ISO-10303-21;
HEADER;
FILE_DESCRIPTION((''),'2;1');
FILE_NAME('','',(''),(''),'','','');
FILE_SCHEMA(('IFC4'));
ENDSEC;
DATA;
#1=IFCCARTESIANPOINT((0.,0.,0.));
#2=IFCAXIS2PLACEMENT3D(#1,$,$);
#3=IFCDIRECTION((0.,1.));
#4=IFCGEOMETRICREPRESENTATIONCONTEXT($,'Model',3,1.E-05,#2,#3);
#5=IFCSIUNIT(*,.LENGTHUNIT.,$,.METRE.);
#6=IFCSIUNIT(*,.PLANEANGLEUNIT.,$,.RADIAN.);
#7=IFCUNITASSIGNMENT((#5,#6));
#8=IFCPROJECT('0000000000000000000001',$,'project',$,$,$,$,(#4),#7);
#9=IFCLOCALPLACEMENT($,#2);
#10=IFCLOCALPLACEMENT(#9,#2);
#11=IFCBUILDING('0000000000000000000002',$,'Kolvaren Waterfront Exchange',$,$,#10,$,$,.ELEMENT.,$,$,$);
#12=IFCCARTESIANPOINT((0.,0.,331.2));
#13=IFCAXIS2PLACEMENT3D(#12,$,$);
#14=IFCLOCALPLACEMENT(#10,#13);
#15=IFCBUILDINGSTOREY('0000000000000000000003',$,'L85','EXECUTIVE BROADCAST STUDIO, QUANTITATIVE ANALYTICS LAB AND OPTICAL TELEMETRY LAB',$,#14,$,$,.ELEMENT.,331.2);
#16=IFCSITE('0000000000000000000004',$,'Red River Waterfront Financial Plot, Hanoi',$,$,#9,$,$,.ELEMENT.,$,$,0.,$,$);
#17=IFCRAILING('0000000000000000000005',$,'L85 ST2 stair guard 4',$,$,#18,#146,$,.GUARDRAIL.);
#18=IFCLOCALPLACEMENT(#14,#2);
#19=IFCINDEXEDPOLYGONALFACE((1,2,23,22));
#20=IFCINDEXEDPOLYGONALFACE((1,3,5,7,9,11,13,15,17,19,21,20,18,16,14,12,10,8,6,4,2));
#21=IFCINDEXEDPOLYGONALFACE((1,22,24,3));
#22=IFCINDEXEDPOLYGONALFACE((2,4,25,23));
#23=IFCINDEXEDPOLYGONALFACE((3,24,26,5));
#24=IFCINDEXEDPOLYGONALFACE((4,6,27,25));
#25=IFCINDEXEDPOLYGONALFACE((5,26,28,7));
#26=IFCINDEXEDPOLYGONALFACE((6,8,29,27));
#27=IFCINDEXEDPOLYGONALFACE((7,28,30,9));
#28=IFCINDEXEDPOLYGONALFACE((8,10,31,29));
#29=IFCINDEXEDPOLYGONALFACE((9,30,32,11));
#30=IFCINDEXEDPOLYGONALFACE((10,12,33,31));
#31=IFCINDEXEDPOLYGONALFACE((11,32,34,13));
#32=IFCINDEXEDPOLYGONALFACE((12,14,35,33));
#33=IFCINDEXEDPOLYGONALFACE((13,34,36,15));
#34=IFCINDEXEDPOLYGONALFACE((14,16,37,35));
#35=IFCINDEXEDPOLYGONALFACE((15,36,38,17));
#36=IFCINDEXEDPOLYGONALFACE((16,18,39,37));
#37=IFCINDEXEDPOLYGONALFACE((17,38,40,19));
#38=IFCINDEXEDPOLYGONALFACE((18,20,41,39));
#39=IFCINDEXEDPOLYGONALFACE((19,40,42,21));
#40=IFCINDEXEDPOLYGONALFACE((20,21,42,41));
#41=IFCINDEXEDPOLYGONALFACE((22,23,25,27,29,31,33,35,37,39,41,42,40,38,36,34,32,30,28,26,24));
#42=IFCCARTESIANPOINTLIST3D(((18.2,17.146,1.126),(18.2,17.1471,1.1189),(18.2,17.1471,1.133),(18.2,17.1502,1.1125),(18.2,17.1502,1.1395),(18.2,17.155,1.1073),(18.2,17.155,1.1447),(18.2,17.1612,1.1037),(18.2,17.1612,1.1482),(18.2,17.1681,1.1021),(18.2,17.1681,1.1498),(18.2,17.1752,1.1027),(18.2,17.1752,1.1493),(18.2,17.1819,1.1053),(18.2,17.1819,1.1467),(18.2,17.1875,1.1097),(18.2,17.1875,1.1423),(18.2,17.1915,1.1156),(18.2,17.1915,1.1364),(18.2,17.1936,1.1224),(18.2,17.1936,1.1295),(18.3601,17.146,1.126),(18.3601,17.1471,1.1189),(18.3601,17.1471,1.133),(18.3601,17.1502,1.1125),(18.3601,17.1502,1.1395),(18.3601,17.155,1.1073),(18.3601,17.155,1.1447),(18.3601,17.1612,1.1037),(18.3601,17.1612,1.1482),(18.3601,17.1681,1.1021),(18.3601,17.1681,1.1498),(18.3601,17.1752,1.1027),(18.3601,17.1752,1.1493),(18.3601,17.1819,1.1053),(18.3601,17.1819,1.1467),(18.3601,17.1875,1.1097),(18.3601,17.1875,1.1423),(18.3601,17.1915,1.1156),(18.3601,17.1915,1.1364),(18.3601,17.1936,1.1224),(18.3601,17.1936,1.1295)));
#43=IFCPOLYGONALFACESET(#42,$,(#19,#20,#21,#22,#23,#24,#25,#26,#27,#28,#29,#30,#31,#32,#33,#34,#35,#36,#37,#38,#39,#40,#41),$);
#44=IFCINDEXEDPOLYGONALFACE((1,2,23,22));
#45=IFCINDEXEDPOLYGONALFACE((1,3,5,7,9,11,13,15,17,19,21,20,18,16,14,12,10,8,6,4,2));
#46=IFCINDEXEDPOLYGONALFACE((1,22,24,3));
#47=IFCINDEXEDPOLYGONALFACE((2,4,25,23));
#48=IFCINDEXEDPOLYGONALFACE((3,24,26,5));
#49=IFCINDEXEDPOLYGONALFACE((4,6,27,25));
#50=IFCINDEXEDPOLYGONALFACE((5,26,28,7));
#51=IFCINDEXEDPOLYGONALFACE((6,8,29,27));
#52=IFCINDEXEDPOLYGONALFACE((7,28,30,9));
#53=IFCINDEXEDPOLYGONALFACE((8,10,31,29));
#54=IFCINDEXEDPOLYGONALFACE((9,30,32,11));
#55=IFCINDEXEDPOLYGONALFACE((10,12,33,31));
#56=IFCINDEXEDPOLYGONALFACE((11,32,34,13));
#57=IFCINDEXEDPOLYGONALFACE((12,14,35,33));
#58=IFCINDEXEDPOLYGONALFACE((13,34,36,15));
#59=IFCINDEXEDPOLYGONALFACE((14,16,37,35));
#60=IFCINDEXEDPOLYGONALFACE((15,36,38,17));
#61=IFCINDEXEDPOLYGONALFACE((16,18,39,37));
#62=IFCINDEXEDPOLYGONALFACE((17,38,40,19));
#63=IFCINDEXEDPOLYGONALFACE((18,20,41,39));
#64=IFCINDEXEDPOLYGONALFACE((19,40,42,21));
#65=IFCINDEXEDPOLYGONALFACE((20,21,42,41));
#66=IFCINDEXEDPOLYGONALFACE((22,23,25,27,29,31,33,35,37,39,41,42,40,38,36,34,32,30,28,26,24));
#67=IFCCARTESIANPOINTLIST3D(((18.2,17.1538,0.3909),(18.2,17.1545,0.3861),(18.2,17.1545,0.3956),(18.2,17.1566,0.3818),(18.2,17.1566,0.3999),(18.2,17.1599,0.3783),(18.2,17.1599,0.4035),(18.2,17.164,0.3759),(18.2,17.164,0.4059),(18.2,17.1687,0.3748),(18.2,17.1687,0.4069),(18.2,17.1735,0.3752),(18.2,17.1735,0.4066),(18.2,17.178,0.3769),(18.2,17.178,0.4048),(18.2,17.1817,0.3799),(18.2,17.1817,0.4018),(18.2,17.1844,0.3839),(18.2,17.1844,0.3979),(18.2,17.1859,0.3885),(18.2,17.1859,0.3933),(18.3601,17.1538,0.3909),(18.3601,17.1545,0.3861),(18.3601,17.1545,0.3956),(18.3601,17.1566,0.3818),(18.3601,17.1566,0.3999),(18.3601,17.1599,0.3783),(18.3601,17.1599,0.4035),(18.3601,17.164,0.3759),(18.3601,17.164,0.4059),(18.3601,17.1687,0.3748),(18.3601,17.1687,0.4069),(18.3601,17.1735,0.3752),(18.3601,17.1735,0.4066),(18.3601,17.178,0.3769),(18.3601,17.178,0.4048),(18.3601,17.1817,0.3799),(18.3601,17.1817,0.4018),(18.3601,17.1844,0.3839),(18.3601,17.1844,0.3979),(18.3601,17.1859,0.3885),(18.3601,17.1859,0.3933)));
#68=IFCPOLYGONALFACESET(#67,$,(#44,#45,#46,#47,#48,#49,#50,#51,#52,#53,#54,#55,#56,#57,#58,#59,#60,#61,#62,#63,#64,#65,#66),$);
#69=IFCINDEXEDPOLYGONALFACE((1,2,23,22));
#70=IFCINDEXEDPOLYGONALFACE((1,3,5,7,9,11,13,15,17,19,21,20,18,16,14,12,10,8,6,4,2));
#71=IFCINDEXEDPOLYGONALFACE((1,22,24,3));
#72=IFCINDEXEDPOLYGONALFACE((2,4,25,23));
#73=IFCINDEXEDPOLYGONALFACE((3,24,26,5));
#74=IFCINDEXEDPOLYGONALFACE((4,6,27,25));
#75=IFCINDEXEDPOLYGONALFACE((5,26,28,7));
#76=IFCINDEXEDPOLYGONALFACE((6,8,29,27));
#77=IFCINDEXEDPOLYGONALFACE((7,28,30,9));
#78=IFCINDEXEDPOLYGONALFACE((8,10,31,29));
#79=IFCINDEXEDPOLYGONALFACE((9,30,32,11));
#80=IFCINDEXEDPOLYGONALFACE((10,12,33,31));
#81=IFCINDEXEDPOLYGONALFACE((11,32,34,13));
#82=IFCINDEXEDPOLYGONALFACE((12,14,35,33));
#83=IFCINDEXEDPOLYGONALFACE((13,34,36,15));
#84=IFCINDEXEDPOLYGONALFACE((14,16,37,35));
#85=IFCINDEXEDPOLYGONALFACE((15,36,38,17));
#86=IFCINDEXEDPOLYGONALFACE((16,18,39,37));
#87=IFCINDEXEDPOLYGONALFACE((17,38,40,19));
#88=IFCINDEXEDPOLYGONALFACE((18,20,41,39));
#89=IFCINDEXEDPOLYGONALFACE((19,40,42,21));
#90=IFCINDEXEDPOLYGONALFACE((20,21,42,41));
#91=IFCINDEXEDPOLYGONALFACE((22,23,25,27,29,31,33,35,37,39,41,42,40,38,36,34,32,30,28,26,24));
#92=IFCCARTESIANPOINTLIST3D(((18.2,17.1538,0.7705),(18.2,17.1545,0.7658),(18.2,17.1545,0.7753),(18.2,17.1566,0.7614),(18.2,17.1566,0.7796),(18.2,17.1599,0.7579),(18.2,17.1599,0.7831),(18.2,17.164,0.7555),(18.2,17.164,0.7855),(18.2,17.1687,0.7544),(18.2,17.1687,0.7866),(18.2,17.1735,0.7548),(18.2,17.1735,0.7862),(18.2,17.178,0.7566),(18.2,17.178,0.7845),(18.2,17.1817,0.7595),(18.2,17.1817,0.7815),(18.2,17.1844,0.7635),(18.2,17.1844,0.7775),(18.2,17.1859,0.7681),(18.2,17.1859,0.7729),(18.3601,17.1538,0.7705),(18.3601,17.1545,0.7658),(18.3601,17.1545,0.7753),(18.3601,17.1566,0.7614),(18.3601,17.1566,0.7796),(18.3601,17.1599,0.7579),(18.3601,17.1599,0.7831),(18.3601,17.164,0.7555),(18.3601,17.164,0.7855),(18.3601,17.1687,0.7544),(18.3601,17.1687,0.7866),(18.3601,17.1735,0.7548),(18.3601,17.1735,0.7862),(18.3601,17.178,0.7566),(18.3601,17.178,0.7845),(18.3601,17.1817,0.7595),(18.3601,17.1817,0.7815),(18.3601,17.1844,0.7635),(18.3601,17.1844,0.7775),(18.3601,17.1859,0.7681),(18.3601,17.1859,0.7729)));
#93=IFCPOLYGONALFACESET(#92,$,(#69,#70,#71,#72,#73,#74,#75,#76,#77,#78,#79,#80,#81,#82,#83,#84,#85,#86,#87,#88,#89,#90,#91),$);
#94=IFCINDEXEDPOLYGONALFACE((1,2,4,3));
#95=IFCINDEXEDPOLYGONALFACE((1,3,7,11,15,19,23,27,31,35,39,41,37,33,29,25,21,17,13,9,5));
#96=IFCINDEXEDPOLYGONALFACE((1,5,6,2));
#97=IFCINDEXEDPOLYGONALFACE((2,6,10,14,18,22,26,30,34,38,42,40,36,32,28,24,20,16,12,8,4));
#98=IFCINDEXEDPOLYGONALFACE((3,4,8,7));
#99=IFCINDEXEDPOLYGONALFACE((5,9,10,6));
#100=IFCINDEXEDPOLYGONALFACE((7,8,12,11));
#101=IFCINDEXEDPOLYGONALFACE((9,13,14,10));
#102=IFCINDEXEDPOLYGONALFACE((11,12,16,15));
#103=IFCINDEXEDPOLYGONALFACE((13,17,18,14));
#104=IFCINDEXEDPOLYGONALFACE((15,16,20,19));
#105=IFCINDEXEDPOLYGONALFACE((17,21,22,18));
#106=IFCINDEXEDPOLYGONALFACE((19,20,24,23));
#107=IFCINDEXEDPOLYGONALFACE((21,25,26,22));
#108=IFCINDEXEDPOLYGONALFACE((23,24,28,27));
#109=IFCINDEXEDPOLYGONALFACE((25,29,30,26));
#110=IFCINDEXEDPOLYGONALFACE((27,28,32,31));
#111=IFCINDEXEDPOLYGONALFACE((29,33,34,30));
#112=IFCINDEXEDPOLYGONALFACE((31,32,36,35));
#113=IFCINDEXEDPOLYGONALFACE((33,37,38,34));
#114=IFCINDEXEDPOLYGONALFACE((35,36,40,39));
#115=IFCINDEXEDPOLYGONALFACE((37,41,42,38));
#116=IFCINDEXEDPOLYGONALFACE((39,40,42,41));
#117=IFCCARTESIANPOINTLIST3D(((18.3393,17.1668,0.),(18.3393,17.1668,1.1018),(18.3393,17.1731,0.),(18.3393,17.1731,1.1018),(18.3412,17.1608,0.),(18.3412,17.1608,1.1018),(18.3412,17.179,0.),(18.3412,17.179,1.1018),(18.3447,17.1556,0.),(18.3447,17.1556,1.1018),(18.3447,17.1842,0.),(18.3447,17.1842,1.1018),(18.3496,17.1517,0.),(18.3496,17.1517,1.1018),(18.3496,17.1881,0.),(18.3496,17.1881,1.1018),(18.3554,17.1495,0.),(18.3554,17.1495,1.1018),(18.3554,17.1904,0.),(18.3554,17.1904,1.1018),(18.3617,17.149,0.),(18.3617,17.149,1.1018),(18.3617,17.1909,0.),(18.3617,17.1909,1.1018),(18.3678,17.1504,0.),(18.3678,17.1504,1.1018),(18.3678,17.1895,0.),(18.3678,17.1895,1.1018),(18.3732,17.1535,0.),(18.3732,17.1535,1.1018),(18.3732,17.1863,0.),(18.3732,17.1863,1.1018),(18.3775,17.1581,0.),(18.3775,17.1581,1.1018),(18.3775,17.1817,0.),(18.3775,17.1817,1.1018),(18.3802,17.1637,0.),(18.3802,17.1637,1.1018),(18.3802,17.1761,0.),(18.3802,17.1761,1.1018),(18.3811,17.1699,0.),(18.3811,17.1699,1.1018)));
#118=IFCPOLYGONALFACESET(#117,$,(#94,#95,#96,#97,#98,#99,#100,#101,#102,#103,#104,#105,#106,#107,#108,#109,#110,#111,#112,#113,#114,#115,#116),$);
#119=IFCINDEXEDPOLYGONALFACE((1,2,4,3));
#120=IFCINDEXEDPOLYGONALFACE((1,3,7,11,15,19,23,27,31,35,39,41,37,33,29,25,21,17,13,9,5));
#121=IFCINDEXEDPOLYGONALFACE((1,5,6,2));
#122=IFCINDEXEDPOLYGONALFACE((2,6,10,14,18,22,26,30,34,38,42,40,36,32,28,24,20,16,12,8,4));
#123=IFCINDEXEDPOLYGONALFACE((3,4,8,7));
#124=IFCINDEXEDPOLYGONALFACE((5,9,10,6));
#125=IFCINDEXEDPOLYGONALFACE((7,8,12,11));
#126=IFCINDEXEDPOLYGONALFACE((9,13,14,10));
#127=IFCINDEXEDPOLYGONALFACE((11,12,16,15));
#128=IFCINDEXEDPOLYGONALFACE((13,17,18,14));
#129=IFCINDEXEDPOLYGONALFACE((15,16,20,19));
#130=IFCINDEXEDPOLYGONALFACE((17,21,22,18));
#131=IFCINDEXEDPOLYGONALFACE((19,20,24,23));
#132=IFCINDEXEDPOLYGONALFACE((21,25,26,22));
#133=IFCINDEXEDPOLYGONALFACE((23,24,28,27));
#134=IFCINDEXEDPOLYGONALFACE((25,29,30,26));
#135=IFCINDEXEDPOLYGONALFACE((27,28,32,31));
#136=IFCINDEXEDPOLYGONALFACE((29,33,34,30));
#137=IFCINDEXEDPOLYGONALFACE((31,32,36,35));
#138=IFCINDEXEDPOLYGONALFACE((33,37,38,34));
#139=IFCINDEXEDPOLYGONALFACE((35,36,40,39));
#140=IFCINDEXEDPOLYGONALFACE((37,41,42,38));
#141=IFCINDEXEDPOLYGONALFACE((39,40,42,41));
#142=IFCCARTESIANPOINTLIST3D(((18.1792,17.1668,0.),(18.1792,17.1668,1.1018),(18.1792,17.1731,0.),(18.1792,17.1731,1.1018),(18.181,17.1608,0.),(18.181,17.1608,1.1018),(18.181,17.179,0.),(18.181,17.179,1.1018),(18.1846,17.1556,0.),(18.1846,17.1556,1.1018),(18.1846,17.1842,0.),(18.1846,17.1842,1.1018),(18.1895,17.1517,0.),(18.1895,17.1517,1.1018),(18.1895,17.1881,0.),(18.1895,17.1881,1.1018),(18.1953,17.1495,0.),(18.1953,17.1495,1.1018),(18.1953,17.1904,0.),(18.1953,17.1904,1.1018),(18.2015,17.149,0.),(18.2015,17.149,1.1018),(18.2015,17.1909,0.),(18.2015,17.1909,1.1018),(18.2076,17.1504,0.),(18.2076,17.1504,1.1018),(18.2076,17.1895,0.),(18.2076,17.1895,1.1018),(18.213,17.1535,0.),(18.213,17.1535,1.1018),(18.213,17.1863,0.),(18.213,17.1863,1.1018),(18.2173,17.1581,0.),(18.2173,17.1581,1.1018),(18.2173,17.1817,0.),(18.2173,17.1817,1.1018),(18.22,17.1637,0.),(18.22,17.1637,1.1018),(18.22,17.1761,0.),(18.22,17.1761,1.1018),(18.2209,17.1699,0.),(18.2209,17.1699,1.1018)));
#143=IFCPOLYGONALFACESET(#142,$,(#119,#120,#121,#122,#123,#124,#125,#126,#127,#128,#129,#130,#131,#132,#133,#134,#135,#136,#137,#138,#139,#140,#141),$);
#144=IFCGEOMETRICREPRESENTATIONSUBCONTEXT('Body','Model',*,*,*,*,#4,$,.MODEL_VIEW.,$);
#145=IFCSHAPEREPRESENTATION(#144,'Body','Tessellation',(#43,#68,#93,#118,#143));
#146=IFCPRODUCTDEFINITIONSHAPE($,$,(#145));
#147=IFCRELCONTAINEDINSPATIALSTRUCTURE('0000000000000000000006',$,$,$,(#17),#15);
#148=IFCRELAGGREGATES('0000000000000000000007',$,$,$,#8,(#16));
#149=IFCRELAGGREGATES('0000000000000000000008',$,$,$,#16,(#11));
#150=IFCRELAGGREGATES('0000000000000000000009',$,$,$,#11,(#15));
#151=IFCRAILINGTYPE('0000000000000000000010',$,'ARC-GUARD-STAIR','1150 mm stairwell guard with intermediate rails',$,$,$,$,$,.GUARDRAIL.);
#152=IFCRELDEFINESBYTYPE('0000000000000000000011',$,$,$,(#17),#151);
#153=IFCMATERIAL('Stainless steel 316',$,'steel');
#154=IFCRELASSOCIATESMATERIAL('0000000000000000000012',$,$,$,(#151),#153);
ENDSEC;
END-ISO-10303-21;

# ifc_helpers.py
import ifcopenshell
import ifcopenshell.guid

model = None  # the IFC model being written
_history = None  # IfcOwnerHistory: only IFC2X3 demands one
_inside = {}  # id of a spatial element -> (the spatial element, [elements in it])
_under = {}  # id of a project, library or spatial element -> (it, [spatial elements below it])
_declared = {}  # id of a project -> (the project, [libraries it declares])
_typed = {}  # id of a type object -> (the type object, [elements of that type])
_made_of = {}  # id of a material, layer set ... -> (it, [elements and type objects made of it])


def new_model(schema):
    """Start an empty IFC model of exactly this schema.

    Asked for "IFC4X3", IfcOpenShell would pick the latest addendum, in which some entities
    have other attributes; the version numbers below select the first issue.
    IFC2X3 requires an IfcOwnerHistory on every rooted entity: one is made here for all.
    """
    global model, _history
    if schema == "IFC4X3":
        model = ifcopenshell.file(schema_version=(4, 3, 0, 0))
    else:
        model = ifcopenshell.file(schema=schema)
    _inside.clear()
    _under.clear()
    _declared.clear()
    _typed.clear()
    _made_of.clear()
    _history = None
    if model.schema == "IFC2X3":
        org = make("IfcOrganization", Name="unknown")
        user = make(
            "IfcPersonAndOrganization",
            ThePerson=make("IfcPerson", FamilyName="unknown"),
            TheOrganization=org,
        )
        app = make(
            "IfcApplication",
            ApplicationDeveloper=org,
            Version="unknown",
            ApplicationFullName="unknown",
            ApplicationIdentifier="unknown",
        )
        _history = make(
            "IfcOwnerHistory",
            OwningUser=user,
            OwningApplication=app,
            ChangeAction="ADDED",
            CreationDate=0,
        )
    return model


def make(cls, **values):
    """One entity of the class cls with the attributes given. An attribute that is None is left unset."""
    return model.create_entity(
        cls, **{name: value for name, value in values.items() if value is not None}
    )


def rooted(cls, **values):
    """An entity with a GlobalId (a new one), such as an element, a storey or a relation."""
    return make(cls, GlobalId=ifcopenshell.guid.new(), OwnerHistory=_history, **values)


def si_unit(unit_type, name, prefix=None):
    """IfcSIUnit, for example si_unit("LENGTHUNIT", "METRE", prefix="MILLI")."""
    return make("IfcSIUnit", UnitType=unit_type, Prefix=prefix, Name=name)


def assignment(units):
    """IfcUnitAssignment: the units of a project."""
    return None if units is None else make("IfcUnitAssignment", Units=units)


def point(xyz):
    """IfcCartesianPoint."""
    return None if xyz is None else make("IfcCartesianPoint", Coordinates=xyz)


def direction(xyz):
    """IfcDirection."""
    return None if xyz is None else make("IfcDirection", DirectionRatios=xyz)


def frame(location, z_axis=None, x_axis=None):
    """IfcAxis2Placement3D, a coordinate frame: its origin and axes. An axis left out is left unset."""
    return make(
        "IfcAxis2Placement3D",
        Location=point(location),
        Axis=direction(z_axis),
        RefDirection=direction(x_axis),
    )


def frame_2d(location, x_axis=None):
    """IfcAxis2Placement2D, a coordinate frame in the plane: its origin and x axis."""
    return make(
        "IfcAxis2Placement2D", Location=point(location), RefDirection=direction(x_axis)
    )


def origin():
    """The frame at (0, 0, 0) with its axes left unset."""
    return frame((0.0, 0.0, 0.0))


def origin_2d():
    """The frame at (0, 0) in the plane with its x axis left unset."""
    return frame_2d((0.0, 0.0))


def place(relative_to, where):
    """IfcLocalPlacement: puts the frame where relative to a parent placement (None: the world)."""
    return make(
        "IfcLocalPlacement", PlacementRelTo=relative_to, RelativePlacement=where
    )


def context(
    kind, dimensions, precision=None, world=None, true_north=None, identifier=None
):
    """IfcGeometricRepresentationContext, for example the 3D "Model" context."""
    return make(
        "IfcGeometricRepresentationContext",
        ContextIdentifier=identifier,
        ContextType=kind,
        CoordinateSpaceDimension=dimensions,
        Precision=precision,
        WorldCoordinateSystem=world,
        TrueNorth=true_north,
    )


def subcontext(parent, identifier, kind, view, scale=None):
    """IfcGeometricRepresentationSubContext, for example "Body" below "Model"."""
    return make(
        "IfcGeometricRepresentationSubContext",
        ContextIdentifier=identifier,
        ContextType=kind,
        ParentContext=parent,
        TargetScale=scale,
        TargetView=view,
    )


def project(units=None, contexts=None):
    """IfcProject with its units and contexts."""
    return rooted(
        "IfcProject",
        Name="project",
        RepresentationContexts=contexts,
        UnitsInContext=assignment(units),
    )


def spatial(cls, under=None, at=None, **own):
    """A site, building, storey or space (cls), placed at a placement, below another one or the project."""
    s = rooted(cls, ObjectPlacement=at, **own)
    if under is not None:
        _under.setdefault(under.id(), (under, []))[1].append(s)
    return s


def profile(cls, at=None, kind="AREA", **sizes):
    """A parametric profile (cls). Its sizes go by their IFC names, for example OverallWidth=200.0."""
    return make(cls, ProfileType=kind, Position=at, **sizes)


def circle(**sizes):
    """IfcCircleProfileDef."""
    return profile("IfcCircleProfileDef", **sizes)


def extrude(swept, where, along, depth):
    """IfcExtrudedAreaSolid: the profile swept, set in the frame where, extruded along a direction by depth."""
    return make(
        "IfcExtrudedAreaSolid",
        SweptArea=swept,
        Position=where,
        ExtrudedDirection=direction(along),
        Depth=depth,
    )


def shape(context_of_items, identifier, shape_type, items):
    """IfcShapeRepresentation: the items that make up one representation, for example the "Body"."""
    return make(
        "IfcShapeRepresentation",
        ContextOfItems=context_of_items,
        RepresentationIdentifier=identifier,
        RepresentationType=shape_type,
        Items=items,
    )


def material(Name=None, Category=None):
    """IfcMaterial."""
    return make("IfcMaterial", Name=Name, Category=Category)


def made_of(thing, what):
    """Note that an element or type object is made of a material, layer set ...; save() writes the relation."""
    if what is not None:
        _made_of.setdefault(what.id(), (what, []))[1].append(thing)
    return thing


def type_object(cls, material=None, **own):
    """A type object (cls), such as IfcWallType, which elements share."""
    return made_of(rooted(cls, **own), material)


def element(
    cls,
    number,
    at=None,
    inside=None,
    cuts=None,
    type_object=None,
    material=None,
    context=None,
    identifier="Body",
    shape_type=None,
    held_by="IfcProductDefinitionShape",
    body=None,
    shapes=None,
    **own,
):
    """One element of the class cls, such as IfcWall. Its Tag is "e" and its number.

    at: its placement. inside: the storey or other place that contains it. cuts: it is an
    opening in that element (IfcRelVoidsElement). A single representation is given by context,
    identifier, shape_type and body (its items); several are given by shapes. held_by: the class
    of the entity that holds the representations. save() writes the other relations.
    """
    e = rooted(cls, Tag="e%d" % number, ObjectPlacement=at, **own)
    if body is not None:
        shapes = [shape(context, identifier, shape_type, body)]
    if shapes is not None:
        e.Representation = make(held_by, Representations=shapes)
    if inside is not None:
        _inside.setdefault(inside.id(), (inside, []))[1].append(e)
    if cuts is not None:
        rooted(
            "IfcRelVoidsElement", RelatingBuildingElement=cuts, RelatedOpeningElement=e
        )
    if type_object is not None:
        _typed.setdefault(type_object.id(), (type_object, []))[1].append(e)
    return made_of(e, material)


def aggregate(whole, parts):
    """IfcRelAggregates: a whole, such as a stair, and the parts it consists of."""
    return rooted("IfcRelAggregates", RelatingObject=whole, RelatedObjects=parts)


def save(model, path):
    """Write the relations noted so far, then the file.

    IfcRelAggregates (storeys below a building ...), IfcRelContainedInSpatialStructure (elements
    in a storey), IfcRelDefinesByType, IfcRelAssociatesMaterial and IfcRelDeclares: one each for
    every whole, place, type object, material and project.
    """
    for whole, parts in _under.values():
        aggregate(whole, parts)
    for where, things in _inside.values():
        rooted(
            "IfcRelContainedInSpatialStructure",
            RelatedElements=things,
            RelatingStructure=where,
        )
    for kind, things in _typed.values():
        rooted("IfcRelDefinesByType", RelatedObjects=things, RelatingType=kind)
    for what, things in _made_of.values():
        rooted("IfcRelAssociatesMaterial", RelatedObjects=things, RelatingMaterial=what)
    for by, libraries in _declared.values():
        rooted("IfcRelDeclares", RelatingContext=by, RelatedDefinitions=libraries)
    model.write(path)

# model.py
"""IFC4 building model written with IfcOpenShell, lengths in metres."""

from ifc_helpers import new_model, si_unit, direction, frame, origin, origin_2d, place, context, subcontext, project, spatial, circle, extrude, material, type_object, element, save


model = new_model("IFC4")

# Units and contexts
model_context = context("Model", 3, precision=1e-05, world=origin(), true_north=direction((0.0, 1.0)))
body_context = subcontext(model_context, "Body", "Model", "MODEL_VIEW")
ifc_project = project(units=[si_unit("LENGTHUNIT", "METRE"), si_unit("PLANEANGLEUNIT", "RADIAN")], contexts=[model_context])

# Site, building, storey
site_placement = place(None, origin())
site = spatial("IfcSite", under=ifc_project, at=site_placement, Name="Red River Waterfront Financial Plot, Hanoi", CompositionType="ELEMENT", RefElevation=0.0)
building_placement = place(site_placement, origin())
building = spatial("IfcBuilding", under=site, at=building_placement, Name="Kolvaren Waterfront Exchange", CompositionType="ELEMENT")
storey_placement = place(building_placement, frame((0.0, 0.0, 331.2)))
storey = spatial("IfcBuildingStorey", under=building, at=storey_placement, Name="L85", Description="EXECUTIVE BROADCAST STUDIO, QUANTITATIVE ANALYTICS LAB AND OPTICAL TELEMETRY LAB", CompositionType="ELEMENT", Elevation=331.2)

# Railing
ifc_material_1 = material(Name="Stainless steel 316", Category="steel")
railing_type_1 = type_object("IfcRailingType", Name="ARC-GUARD-STAIR", Description="1150 mm stairwell guard with intermediate rails", PredefinedType="GUARDRAIL", material=ifc_material_1)
railing_1_placement = place(storey_placement, frame((18.3601, 17.1699, 0.0)))
element("IfcRailing", 1, at=railing_1_placement, inside=storey, type_object=railing_type_1, Name="L85 ST2 stair guard 4", PredefinedType="GUARDRAIL", context=body_context, shape_type="SweptSolid", body=[
    extrude(circle(Radius=0.0239, at=origin_2d()), frame((0.0, 0.0, 1.126), z_axis=(-1.0, 0.0, 0.0), x_axis=(0.0, -1.0, 0.0)), (0.0, 0.0, 1.0), 0.1602),
    extrude(circle(Radius=0.0161, at=origin_2d()), frame((0.0, 0.0, 0.3909), z_axis=(-1.0, 0.0, 0.0), x_axis=(0.0, -1.0, 0.0)), (0.0, 0.0, 1.0), 0.1602),
    extrude(circle(Radius=0.0161, at=origin_2d()), frame((0.0, 0.0, 0.7705), z_axis=(-1.0, 0.0, 0.0), x_axis=(0.0, -1.0, 0.0)), (0.0, 0.0, 1.0), 0.1602),
    extrude(circle(Radius=0.021, at=origin_2d()), origin(), (0.0, 0.0, 1.0), 1.1018),
    extrude(circle(Radius=0.021, at=origin_2d()), frame((-0.1602, 0.0, 0.0)), (0.0, 0.0, 1.0), 1.1018),
])

save(model, "model.ifc")
